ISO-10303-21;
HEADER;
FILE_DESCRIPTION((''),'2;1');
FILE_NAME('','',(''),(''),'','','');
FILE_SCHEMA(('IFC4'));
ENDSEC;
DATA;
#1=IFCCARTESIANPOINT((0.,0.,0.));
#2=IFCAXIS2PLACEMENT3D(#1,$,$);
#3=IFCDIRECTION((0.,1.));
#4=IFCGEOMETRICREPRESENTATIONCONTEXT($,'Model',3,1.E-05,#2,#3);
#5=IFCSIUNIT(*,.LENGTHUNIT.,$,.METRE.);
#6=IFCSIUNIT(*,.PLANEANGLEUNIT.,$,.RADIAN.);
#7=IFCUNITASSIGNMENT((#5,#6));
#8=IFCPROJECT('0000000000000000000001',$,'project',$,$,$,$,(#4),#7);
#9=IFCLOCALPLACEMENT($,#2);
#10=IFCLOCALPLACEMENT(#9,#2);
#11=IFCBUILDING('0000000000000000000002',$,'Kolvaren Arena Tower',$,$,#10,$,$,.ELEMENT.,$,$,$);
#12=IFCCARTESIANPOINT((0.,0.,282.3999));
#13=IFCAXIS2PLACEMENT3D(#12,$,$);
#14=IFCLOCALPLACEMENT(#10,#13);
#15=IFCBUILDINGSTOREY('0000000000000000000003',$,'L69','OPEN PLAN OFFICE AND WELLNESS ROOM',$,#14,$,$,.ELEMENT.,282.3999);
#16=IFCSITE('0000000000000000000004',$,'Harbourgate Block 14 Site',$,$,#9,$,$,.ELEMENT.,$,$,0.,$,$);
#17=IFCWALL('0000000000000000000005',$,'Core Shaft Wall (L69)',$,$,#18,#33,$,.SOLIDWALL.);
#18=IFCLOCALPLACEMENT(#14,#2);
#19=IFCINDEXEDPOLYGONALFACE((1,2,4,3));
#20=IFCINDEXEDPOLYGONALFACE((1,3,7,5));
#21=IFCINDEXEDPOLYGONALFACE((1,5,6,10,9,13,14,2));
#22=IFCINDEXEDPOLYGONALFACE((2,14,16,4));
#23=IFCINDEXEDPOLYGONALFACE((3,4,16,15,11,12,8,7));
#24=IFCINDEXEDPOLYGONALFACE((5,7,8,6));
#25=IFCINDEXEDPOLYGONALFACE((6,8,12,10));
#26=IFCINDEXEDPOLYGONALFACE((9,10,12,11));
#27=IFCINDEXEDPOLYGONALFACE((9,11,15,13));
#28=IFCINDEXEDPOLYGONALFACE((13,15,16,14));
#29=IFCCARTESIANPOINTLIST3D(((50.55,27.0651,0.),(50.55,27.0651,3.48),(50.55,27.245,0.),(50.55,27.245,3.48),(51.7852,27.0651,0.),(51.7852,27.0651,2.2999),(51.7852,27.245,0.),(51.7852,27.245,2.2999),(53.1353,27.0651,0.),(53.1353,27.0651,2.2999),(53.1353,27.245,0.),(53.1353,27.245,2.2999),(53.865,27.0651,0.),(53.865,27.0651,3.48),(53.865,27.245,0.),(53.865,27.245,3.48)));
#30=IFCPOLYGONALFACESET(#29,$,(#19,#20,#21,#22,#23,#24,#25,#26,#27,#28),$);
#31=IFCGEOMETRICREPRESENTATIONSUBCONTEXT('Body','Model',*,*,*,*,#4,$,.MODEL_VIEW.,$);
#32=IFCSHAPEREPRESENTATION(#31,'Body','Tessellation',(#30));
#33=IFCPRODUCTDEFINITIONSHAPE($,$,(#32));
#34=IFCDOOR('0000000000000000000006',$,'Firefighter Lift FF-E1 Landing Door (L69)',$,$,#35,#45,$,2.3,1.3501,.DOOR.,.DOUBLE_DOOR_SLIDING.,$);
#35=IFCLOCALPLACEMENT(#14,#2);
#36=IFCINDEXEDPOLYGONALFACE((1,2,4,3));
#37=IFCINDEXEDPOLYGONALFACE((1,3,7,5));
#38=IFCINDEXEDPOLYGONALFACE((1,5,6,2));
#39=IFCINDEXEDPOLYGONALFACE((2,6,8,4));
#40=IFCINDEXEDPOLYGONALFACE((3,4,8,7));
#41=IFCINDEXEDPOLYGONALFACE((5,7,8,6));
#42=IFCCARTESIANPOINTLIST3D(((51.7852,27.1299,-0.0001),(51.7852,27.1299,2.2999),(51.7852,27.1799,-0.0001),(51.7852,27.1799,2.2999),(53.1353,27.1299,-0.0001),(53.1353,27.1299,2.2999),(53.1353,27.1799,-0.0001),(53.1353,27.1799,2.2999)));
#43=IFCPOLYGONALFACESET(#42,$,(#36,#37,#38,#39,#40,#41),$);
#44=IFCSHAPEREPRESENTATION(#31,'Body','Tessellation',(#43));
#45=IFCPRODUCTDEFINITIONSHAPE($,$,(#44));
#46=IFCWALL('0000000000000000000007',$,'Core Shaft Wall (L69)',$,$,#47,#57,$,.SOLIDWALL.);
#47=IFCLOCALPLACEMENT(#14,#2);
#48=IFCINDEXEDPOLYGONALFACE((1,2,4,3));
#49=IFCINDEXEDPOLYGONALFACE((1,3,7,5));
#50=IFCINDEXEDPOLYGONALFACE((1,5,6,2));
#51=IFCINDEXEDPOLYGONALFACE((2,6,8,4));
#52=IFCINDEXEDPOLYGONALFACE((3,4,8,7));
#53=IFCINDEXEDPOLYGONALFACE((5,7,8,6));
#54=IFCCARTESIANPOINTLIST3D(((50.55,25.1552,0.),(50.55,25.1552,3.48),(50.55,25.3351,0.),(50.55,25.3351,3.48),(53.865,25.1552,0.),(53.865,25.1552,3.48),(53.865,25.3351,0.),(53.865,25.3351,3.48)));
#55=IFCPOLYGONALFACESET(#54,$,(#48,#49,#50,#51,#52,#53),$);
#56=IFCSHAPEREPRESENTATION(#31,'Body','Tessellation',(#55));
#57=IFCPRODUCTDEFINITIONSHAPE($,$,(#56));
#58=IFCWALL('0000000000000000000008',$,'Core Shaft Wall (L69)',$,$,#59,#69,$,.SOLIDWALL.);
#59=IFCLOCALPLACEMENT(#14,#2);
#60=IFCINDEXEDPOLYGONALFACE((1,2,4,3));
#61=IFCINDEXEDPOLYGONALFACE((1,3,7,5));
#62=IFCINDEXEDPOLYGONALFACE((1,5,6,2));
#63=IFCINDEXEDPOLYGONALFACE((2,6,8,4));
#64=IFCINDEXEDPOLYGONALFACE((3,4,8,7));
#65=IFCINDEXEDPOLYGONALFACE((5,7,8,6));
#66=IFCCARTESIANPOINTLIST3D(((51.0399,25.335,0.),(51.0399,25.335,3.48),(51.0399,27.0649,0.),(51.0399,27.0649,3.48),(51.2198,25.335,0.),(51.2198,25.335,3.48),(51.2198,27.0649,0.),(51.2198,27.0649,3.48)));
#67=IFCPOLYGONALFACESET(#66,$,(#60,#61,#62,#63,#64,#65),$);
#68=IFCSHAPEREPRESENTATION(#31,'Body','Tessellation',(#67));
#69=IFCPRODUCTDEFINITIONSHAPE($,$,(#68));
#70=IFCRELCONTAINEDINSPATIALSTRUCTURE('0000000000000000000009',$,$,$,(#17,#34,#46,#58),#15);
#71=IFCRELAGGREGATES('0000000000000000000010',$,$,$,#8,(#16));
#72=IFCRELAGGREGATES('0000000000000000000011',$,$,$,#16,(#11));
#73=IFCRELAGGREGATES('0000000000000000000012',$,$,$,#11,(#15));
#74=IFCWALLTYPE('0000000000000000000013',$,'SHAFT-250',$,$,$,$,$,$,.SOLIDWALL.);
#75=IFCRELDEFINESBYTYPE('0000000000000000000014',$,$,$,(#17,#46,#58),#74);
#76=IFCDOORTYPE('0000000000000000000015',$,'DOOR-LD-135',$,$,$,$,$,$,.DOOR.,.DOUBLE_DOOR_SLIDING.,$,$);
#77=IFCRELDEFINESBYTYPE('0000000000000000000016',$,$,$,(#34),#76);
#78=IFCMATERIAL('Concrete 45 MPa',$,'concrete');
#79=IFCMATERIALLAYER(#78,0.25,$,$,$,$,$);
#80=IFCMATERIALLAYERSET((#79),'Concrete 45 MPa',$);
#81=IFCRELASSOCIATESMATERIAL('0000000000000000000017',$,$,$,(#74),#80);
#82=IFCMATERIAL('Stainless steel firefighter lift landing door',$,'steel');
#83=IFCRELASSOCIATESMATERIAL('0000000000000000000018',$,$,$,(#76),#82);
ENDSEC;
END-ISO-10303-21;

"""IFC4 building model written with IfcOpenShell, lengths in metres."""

from ifc_helpers import new_model, si_unit, direction, frame, frame_2d, origin, place, context, subcontext, project, spatial, rectangle, extrude, material, layer, layer_set, type_object, element, fill, save


model = new_model("IFC4")

# Units and contexts
model_context = context("Model", 3, precision=1e-05, world=origin(), true_north=direction((0.0, 1.0)))
body_context = subcontext(model_context, "Body", "Model", "MODEL_VIEW")
ifc_project = project(units=[si_unit("LENGTHUNIT", "METRE"), si_unit("PLANEANGLEUNIT", "RADIAN")], contexts=[model_context])

# Site, building, storey
site_placement = place(None, origin())
site = spatial("IfcSite", under=ifc_project, at=site_placement, Name="Harbourgate Block 14 Site", CompositionType="ELEMENT", RefElevation=0.0)
building_placement = place(site_placement, origin())
building = spatial("IfcBuilding", under=site, at=building_placement, Name="Kolvaren Arena Tower", CompositionType="ELEMENT")
storey_placement = place(building_placement, frame((0.0, 0.0, 282.3999)))
storey = spatial("IfcBuildingStorey", under=building, at=storey_placement, Name="L69", Description="OPEN PLAN OFFICE AND WELLNESS ROOM", CompositionType="ELEMENT", Elevation=282.3999)

# Wall, opening, door
ifc_material_1 = material(Name="Concrete 45 MPa", Category="concrete")
ifc_layer_1 = layer(ifc_material_1, 0.25)
ifc_layer_set_1 = layer_set([ifc_layer_1], Name="Concrete 45 MPa")
wall_type_1 = type_object("IfcWallType", Name="SHAFT-250", PredefinedType="SOLIDWALL", material=ifc_layer_set_1)
wall_1_placement = place(storey_placement, frame((50.55, 27.155, 0.0), z_axis=(0.0, 0.0, 1.0), x_axis=(1.0, 0.0, 0.0)))
wall_1 = element("IfcWall", 1, at=wall_1_placement, inside=storey, type_object=wall_type_1, Name="Core Shaft Wall (L69)", PredefinedType="SOLIDWALL", context=body_context, shape_type="SweptSolid", body=[
    extrude(rectangle(XDim=3.3149, YDim=0.1799, at=frame_2d((1.6575, 0.0))), origin(), (0.0, 0.0, 1.0), 3.48),
])
opening_1_placement = place(wall_1_placement, frame((1.2351, 0.0, 0.0)))
opening_1 = element("IfcOpeningElement", 2, at=opening_1_placement, cuts=wall_1, PredefinedType="OPENING", context=body_context, shape_type="SweptSolid", body=[
    extrude(rectangle(XDim=1.3501, YDim=2.3, at=frame_2d((0.675, 1.1499))), frame((0.0, 0.0999, 0.0), z_axis=(0.0, -1.0, 0.0), x_axis=(1.0, 0.0, 0.0)), (0.0, 0.0, 1.0), 0.2),
])
ifc_material_2 = material(Name="Stainless steel firefighter lift landing door", Category="steel")
door_type_1 = type_object("IfcDoorType", Name="DOOR-LD-135", OperationType="DOUBLE_DOOR_SLIDING", PredefinedType="DOOR", material=ifc_material_2)
door_1_placement = place(opening_1_placement, origin())
door_1 = element("IfcDoor", 3, at=door_1_placement, inside=storey, type_object=door_type_1, Name="Firefighter Lift FF-E1 Landing Door (L69)", OperationType="DOUBLE_DOOR_SLIDING", OverallHeight=2.3, OverallWidth=1.3501, PredefinedType="DOOR", context=body_context, shape_type="SweptSolid", body=[
    extrude(rectangle(XDim=1.3501, YDim=2.3, at=frame_2d((0.675, 1.1499))), frame((0.0, 0.0249, 0.0), z_axis=(0.0, -1.0, 0.0), x_axis=(1.0, 0.0, 0.0)), (0.0, 0.0, 1.0), 0.05),
])
fill(opening_1, door_1)

# Walls
wall_2_placement = place(storey_placement, frame((50.55, 25.2451, 0.0), z_axis=(0.0, 0.0, 1.0), x_axis=(1.0, 0.0, 0.0)))
element("IfcWall", 4, at=wall_2_placement, inside=storey, type_object=wall_type_1, Name="Core Shaft Wall (L69)", PredefinedType="SOLIDWALL", context=body_context, shape_type="SweptSolid", body=[
    extrude(rectangle(XDim=3.3149, YDim=0.1799, at=frame_2d((1.6575, 0.0))), origin(), (0.0, 0.0, 1.0), 3.48),
])
wall_3_placement = place(storey_placement, frame((51.1299, 25.335, 0.0), z_axis=(0.0, 0.0, 1.0), x_axis=(0.0, 1.0, 0.0)))
element("IfcWall", 5, at=wall_3_placement, inside=storey, type_object=wall_type_1, Name="Core Shaft Wall (L69)", PredefinedType="SOLIDWALL", context=body_context, shape_type="SweptSolid", body=[
    extrude(rectangle(XDim=1.73, YDim=0.1799, at=frame_2d((0.865, 0.0))), origin(), (0.0, 0.0, 1.0), 3.48),
])

save(model, "model.ifc")
